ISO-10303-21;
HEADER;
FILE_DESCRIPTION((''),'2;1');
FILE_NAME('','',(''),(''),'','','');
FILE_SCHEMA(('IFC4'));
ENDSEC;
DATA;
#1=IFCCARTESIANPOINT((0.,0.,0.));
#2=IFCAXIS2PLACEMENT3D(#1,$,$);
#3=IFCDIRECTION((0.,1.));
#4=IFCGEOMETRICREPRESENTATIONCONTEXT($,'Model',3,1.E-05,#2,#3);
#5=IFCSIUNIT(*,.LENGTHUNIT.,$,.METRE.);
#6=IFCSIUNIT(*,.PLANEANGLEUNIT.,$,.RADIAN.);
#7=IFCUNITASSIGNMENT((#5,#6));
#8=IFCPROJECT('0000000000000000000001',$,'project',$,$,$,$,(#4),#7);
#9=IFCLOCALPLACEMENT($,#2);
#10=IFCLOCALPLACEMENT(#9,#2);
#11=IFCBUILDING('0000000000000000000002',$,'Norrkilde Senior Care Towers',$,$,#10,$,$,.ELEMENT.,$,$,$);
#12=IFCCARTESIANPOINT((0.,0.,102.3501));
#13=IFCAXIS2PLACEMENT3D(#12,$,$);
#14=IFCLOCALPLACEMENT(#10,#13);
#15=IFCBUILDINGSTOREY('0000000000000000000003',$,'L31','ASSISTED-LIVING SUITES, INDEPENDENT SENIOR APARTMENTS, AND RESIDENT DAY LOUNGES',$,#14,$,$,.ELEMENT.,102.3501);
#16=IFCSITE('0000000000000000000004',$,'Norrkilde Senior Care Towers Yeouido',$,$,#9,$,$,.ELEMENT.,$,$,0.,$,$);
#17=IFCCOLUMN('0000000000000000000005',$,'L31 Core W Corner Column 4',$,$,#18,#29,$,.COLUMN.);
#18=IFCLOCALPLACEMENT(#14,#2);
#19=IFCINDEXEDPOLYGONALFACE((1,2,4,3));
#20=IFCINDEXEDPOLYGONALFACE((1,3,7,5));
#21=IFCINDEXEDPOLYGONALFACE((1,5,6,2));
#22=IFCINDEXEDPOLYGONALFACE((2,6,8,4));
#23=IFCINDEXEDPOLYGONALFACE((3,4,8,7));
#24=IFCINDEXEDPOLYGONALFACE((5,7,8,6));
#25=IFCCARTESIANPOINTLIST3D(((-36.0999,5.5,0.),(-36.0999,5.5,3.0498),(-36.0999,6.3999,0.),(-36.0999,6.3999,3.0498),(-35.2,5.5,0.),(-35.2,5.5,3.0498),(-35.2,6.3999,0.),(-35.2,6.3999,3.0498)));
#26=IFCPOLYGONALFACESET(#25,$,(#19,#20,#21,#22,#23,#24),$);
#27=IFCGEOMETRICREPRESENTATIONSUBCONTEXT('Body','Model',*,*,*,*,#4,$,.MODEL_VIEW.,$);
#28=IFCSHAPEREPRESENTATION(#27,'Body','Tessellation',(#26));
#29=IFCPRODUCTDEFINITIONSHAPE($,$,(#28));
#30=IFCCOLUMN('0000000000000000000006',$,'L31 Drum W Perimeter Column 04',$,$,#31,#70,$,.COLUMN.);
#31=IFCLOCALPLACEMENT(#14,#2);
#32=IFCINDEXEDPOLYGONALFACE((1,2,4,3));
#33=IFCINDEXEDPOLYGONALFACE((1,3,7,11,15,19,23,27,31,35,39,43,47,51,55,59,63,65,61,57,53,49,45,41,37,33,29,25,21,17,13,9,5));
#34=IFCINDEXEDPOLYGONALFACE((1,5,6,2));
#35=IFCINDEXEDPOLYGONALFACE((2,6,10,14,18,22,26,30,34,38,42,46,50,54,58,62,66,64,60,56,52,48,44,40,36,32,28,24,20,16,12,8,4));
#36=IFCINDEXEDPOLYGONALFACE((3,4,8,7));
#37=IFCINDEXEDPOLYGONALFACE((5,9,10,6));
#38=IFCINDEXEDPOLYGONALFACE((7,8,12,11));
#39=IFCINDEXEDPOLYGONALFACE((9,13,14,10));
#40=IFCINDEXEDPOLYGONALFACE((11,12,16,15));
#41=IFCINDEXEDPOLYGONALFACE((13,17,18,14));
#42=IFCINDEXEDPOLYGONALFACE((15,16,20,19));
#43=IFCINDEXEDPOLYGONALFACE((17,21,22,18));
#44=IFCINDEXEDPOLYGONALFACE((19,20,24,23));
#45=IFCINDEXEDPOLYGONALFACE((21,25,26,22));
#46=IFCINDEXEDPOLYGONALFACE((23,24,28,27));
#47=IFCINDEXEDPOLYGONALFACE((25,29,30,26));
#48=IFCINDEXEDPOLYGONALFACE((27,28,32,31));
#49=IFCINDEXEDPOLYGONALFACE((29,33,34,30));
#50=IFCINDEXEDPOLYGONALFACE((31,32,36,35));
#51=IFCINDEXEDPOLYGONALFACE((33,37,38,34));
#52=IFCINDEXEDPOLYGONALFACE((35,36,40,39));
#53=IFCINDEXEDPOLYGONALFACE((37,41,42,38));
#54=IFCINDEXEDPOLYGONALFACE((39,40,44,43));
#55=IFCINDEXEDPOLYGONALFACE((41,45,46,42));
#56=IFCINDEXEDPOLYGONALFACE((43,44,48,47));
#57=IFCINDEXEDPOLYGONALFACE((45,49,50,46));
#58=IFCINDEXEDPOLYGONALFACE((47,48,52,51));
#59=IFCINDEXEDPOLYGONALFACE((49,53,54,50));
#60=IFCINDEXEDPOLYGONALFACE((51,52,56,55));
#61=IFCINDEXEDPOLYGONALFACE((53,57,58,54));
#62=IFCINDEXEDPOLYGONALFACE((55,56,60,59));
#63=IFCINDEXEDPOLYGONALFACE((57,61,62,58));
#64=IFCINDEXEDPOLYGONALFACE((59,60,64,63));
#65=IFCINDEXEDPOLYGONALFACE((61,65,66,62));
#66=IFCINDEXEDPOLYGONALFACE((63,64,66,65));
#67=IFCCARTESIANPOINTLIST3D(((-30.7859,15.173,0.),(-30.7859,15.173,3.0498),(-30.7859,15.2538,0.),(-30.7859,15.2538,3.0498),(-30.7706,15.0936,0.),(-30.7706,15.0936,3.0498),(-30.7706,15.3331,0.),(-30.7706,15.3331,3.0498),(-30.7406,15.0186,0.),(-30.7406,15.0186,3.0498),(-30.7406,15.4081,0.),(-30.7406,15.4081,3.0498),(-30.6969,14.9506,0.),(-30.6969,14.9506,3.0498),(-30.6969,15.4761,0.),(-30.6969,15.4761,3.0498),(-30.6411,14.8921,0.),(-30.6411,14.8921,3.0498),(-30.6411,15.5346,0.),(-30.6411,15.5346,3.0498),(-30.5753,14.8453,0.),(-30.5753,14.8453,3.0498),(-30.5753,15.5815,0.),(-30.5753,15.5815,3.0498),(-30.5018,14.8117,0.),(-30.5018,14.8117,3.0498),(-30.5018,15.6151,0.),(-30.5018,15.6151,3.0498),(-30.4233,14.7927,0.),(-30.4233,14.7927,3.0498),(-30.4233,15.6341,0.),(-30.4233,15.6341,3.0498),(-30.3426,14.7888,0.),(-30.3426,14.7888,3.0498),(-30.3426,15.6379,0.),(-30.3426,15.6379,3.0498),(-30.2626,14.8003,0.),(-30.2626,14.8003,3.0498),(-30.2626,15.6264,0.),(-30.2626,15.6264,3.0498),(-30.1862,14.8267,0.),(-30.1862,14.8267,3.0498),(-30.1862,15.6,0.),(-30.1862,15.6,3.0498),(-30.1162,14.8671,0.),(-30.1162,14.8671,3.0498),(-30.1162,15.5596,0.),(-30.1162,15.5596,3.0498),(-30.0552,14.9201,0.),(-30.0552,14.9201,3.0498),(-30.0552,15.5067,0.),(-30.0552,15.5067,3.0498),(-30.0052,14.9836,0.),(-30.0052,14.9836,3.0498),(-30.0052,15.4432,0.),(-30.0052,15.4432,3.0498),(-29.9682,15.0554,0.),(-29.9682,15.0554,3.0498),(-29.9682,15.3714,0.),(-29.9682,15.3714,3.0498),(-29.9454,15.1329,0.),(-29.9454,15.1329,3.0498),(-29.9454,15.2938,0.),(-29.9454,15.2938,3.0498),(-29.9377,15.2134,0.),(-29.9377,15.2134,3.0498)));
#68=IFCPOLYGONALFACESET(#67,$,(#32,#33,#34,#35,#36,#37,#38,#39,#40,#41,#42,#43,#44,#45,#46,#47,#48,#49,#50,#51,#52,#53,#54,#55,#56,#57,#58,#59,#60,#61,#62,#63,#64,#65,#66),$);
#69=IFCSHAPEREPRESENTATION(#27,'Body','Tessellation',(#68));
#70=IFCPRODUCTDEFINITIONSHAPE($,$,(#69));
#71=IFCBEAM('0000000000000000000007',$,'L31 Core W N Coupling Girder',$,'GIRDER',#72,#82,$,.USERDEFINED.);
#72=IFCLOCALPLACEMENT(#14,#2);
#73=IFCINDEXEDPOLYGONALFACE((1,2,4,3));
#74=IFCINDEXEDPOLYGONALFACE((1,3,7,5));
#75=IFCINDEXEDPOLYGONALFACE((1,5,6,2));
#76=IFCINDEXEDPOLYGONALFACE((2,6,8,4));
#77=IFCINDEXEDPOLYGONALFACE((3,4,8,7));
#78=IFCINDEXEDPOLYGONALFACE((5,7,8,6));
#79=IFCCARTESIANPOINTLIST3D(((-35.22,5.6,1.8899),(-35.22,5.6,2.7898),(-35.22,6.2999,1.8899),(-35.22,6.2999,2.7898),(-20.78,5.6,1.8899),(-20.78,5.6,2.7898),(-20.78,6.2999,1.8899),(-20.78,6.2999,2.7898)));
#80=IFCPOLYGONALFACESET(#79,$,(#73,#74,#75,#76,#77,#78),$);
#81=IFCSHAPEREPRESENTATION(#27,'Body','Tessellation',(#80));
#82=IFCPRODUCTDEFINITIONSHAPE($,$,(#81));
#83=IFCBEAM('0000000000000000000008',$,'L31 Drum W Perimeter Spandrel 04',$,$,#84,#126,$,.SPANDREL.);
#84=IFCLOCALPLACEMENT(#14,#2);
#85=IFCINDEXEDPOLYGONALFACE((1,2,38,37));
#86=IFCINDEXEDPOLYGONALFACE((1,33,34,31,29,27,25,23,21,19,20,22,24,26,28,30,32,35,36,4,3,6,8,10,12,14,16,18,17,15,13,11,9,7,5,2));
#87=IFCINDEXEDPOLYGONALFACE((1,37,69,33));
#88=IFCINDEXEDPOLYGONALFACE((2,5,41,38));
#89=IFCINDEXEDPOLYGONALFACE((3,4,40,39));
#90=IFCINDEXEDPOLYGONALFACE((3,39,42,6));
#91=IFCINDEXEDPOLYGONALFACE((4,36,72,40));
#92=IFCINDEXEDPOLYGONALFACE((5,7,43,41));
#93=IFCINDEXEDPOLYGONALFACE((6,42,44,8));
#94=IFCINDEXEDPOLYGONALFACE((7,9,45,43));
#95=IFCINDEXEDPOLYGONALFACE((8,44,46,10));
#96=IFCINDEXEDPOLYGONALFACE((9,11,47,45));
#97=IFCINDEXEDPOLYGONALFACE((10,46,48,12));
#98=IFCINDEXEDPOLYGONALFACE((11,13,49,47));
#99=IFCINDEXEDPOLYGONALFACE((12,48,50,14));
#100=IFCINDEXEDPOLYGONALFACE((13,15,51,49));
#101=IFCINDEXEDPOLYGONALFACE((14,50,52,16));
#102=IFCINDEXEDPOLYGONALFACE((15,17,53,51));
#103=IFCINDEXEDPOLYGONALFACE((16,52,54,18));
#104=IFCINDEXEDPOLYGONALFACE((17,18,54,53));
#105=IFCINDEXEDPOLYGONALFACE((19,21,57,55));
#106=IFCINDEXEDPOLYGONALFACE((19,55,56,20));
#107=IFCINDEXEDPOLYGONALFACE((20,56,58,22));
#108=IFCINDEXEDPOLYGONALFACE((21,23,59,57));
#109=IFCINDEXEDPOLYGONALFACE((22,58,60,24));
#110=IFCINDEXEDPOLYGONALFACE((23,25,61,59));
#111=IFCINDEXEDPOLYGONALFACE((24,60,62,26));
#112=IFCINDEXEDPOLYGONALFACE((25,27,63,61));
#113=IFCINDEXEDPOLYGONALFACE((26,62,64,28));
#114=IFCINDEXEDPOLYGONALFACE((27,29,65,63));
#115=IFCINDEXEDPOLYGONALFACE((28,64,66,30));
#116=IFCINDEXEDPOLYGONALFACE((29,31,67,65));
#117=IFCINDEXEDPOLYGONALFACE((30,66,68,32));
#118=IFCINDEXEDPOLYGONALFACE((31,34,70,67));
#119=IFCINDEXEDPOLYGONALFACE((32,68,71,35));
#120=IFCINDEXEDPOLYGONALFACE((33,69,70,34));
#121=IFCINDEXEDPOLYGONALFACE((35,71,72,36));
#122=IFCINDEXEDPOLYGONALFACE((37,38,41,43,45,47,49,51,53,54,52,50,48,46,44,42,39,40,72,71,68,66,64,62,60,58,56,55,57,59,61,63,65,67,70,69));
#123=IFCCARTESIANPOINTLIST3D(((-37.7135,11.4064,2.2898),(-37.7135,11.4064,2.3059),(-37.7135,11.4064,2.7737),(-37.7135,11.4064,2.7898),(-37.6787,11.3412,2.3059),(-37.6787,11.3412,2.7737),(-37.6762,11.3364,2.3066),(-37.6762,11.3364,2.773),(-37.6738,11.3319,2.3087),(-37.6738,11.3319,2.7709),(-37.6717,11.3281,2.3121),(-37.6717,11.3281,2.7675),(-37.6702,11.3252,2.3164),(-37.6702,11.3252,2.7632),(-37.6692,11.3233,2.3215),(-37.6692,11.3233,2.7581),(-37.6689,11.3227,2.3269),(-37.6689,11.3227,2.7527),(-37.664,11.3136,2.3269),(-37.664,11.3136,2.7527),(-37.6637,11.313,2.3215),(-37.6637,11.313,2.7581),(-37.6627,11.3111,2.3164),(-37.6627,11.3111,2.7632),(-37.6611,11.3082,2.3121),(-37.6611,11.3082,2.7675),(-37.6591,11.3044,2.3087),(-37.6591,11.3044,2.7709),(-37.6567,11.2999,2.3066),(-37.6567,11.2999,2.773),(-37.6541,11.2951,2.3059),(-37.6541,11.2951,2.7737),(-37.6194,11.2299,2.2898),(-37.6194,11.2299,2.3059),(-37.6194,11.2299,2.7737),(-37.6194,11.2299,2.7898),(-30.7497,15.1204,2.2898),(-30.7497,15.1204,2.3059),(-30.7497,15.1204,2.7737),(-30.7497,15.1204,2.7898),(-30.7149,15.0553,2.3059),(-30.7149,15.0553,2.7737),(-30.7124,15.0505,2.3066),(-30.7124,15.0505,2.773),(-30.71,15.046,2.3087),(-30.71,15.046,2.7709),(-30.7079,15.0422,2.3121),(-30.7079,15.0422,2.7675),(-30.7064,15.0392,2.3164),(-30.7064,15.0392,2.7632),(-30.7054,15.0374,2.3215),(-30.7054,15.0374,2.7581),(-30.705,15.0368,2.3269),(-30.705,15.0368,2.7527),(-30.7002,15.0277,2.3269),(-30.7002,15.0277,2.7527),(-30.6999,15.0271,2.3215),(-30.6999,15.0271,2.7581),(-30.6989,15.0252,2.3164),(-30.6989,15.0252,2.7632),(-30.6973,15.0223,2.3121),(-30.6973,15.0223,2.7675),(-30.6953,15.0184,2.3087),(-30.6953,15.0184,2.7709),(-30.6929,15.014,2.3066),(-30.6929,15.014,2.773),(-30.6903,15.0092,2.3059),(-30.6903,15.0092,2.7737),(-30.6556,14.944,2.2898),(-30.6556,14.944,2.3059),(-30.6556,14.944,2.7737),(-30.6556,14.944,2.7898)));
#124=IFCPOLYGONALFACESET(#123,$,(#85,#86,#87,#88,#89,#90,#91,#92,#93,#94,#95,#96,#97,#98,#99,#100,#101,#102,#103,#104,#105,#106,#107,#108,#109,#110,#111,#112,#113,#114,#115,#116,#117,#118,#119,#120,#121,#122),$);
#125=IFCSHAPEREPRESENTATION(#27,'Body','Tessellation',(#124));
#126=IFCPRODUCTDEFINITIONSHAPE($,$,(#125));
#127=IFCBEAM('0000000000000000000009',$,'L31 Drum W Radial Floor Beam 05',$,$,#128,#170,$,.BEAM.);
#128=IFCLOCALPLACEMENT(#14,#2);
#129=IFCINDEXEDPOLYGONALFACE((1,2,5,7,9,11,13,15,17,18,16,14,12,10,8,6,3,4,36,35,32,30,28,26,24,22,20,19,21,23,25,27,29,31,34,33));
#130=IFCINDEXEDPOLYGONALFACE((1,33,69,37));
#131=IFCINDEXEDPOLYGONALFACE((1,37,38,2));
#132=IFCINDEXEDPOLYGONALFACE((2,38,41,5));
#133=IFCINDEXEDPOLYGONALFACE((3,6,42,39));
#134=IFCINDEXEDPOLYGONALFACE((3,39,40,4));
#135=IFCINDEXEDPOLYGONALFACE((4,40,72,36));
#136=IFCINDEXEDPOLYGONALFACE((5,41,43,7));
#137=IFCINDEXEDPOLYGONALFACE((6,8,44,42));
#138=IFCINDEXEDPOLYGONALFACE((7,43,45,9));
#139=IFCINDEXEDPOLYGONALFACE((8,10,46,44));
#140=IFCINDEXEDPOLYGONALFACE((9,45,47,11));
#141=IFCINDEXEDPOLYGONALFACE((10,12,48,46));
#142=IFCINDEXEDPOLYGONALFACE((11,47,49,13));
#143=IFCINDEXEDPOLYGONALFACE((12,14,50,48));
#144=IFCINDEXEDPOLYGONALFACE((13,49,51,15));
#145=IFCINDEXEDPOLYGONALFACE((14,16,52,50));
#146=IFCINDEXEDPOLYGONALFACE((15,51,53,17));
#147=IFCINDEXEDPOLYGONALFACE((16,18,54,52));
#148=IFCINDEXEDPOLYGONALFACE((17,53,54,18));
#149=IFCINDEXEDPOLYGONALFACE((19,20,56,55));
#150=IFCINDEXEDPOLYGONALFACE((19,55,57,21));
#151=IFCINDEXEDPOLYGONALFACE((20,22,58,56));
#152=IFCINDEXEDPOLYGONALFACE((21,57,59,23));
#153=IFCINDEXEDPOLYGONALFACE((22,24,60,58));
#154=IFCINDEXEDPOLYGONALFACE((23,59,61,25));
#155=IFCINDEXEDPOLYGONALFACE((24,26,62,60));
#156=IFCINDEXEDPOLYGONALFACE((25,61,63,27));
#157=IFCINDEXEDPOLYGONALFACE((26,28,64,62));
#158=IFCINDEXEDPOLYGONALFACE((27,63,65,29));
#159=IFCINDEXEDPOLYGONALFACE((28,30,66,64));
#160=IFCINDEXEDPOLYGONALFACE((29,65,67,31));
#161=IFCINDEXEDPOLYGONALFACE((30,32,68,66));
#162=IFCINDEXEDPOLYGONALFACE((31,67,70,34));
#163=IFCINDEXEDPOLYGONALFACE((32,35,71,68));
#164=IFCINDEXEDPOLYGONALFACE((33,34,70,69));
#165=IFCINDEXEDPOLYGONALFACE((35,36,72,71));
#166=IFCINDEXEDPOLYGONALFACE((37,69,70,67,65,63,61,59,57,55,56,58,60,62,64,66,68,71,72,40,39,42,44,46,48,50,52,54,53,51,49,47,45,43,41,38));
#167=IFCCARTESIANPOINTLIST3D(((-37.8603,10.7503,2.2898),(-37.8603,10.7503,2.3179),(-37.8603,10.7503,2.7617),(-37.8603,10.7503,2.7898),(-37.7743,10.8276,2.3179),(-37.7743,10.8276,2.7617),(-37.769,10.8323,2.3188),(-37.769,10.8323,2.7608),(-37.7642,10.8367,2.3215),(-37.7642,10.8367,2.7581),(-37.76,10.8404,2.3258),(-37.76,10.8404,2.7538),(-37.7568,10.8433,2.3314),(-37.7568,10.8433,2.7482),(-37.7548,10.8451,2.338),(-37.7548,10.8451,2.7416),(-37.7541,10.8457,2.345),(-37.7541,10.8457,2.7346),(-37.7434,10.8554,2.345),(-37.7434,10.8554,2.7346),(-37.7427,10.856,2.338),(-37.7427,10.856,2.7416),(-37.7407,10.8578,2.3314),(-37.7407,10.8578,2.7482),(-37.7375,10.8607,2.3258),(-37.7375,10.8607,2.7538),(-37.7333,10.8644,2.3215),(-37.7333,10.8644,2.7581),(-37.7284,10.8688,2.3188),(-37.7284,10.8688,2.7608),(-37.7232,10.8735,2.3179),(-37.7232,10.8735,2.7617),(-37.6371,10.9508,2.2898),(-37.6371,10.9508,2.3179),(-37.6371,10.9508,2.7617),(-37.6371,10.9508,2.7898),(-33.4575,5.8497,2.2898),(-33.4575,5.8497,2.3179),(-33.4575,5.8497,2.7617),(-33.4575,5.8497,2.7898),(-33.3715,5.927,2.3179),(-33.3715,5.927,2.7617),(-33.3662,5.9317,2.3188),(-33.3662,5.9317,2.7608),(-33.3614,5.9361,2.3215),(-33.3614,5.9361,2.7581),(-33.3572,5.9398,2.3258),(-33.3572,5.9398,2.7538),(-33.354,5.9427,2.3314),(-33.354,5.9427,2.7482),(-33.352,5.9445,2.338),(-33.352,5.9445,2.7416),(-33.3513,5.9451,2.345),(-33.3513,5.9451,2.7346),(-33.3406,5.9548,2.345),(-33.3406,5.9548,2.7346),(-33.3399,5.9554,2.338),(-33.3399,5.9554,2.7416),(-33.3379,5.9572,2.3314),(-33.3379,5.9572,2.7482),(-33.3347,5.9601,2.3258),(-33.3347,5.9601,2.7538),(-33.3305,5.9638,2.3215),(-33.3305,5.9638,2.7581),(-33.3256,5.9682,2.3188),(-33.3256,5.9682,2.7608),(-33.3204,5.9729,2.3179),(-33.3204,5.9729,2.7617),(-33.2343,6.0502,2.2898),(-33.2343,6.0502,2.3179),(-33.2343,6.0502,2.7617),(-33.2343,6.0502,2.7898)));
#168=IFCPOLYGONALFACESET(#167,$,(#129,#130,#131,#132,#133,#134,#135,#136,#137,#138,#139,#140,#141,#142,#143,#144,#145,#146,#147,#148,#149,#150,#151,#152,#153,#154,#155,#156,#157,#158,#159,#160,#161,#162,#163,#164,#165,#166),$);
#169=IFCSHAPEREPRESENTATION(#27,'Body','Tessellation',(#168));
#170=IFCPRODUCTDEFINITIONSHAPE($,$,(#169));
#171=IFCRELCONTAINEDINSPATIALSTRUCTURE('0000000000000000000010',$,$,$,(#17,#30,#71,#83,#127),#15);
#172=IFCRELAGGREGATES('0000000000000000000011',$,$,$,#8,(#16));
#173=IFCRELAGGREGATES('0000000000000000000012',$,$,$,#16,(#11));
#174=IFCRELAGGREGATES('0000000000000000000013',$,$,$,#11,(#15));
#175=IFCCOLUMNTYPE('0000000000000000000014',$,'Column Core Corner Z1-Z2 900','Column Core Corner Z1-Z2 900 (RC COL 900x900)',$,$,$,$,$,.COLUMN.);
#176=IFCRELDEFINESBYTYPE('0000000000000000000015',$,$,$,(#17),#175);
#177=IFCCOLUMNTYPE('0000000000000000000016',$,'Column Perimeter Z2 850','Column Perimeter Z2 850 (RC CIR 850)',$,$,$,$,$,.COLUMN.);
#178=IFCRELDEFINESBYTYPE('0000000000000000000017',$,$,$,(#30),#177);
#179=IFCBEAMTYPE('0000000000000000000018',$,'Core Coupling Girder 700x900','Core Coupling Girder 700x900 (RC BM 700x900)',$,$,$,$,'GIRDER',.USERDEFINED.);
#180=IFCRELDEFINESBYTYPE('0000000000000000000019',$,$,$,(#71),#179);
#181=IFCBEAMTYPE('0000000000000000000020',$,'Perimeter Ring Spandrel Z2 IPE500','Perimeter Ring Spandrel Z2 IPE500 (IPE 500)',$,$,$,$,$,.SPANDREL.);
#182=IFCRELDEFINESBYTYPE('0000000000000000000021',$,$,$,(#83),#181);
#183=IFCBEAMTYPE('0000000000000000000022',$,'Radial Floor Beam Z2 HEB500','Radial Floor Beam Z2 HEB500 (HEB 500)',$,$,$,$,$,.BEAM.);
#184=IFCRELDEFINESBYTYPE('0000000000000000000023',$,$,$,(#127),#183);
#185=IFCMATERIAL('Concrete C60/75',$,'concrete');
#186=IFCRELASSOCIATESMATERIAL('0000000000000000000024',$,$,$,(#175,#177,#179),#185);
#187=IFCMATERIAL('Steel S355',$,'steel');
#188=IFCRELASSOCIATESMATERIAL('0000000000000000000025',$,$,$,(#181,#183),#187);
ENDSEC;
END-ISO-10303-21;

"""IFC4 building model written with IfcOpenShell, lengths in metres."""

from ifc_helpers import new_model, si_unit, direction, frame, origin, origin_2d, place, context, subcontext, project, spatial, rectangle, circle, i_section, extrude, source, transform, mapped, material, material_profile, profile_set, type_object, type_shapes, element, save


model = new_model("IFC4")

# Units and contexts
model_context = context("Model", 3, precision=1e-05, world=origin(), true_north=direction((0.0, 1.0)))
body_context = subcontext(model_context, "Body", "Model", "MODEL_VIEW")
ifc_project = project(units=[si_unit("LENGTHUNIT", "METRE"), si_unit("PLANEANGLEUNIT", "RADIAN")], contexts=[model_context])

# Site, building, storey
site_placement = place(None, origin())
site = spatial("IfcSite", under=ifc_project, at=site_placement, Name="Norrkilde Senior Care Towers Yeouido", CompositionType="ELEMENT", RefElevation=0.0)
building_placement = place(site_placement, origin())
building = spatial("IfcBuilding", under=site, at=building_placement, Name="Norrkilde Senior Care Towers", CompositionType="ELEMENT")
storey_placement = place(building_placement, frame((0.0, 0.0, 102.3501)))
storey = spatial("IfcBuildingStorey", under=building, at=storey_placement, Name="L31", Description="ASSISTED-LIVING SUITES, INDEPENDENT SENIOR APARTMENTS, AND RESIDENT DAY LOUNGES", CompositionType="ELEMENT", Elevation=102.3501)

# Columns
ifc_material_1 = material(Name="Concrete C60/75", Category="concrete")
ifc_material_profile_1 = material_profile(ifc_material_1, rectangle(XDim=0.8999, YDim=0.8999, at=origin_2d()), Name="RC COL 900x900")
ifc_profile_set_1 = profile_set([ifc_material_profile_1], Name="Concrete C60/75")
column_type_1 = type_object("IfcColumnType", Name="Column Core Corner Z1-Z2 900", Description="Column Core Corner Z1-Z2 900 (RC COL 900x900)", PredefinedType="COLUMN", material=ifc_profile_set_1)
shared_shape_1 = source(origin(), body_context, "Body", "SweptSolid", [
    extrude(rectangle(XDim=0.8999, YDim=0.8999, at=origin_2d()), origin(), (0.0, 0.0, 1.0), 3.0498),
])
type_shapes(column_type_1, [shared_shape_1])
column_1_placement = place(storey_placement, frame((-35.6499, 5.95, 0.0), z_axis=(0.0, 0.0, 1.0), x_axis=(1.0, 0.0, 0.0)))
element("IfcColumn", 1, at=column_1_placement, inside=storey, type_object=column_type_1, Name="L31 Core W Corner Column 4", PredefinedType="COLUMN", context=body_context, shape_type="MappedRepresentation", body=[
    mapped(shared_shape_1, transform((0.0, 0.0, 0.0), x_axis=(1.0, 0.0, 0.0), y_axis=(0.0, 1.0, 0.0), z_axis=(0.0, 0.0, 1.0), scale=1.0)),
])
ifc_material_profile_2 = material_profile(ifc_material_1, circle(Radius=0.425, at=origin_2d()), Name="RC CIR 850")
ifc_profile_set_2 = profile_set([ifc_material_profile_2], Name="Concrete C60/75")
column_type_2 = type_object("IfcColumnType", Name="Column Perimeter Z2 850", Description="Column Perimeter Z2 850 (RC CIR 850)", PredefinedType="COLUMN", material=ifc_profile_set_2)
shared_shape_2 = source(origin(), body_context, "Body", "SweptSolid", [
    extrude(circle(Radius=0.425, at=origin_2d()), origin(), (0.0, 0.0, 1.0), 3.0498),
])
type_shapes(column_type_2, [shared_shape_2])
column_2_placement = place(storey_placement, frame((-30.3628, 15.2134, 0.0), z_axis=(0.0, 0.0, 1.0), x_axis=(1.0, 0.0, 0.0)))
element("IfcColumn", 2, at=column_2_placement, inside=storey, type_object=column_type_2, Name="L31 Drum W Perimeter Column 04", PredefinedType="COLUMN", context=body_context, shape_type="MappedRepresentation", body=[
    mapped(shared_shape_2, transform((0.0, 0.0, 0.0), x_axis=(1.0, 0.0, 0.0), y_axis=(0.0, 1.0, 0.0), z_axis=(0.0, 0.0, 1.0), scale=1.0)),
])

# Beams
ifc_material_profile_3 = material_profile(ifc_material_1, rectangle(XDim=0.7, YDim=0.8999, at=origin_2d()), Name="RC BM 700x900")
ifc_profile_set_3 = profile_set([ifc_material_profile_3], Name="Concrete C60/75")
beam_type_1 = type_object("IfcBeamType", Name="Core Coupling Girder 700x900", Description="Core Coupling Girder 700x900 (RC BM 700x900)", ElementType="GIRDER", PredefinedType="USERDEFINED", material=ifc_profile_set_3)
shared_shape_3 = source(origin(), body_context, "Body", "SweptSolid", [
    extrude(rectangle(XDim=0.7, YDim=0.8999, at=origin_2d()), origin(), (0.0, 0.0, 1.0), 14.4399),
])
type_shapes(beam_type_1, [shared_shape_3])
beam_1_placement = place(storey_placement, frame((-35.22, 5.95, 2.3398), z_axis=(1.0, 0.0, 0.0), x_axis=(0.0, 1.0, 0.0)))
element("IfcBeam", 3, at=beam_1_placement, inside=storey, type_object=beam_type_1, Name="L31 Core W N Coupling Girder", ObjectType="GIRDER", PredefinedType="USERDEFINED", context=body_context, shape_type="MappedRepresentation", body=[
    mapped(shared_shape_3, transform((0.0, 0.0, 0.0), x_axis=(1.0, 0.0, 0.0), y_axis=(0.0, 1.0, 0.0), z_axis=(0.0, 0.0, 1.0), scale=1.0)),
])
ifc_material_2 = material(Name="Steel S355", Category="steel")
ifc_material_profile_4 = material_profile(ifc_material_2, i_section(OverallWidth=0.2, OverallDepth=0.5, WebThickness=0.0103, FlangeThickness=0.0161, FilletRadius=0.021, at=origin_2d()), Name="IPE 500")
ifc_profile_set_4 = profile_set([ifc_material_profile_4], Name="Steel S355")
beam_type_2 = type_object("IfcBeamType", Name="Perimeter Ring Spandrel Z2 IPE500", Description="Perimeter Ring Spandrel Z2 IPE500 (IPE 500)", PredefinedType="SPANDREL", material=ifc_profile_set_4)
shared_shape_4 = source(origin(), body_context, "Body", "SweptSolid", [
    extrude(i_section(OverallWidth=0.2, OverallDepth=0.5, WebThickness=0.0103, FlangeThickness=0.0161, FilletRadius=0.021, at=origin_2d()), origin(), (0.0, 0.0, 1.0), 7.8923),
])
type_shapes(beam_type_2, [shared_shape_4])
beam_2_placement = place(storey_placement, frame((-30.7026, 15.0322, 2.5398), z_axis=(-0.88235, -0.470593, 0.0), x_axis=(0.470593, -0.88235, 0.0)))
element("IfcBeam", 4, at=beam_2_placement, inside=storey, type_object=beam_type_2, Name="L31 Drum W Perimeter Spandrel 04", PredefinedType="SPANDREL", context=body_context, shape_type="MappedRepresentation", body=[
    mapped(shared_shape_4, transform((0.0, 0.0, 0.0), x_axis=(1.0, 0.0, 0.0), y_axis=(0.0, 1.0, 0.0), z_axis=(0.0, 0.0, 1.0), scale=1.0)),
])
ifc_material_profile_5 = material_profile(ifc_material_2, i_section(OverallWidth=0.3, OverallDepth=0.5, WebThickness=0.0144, FlangeThickness=0.0281, FilletRadius=0.0271, at=origin_2d()), Name="HEB 500")
ifc_profile_set_5 = profile_set([ifc_material_profile_5], Name="Steel S355")
beam_type_3 = type_object("IfcBeamType", Name="Radial Floor Beam Z2 HEB500", Description="Radial Floor Beam Z2 HEB500 (HEB 500)", PredefinedType="BEAM", material=ifc_profile_set_5)
shared_shape_5 = source(origin(), body_context, "Body", "SweptSolid", [
    extrude(i_section(OverallWidth=0.3, OverallDepth=0.5, WebThickness=0.0144, FlangeThickness=0.0281, FilletRadius=0.0271, at=origin_2d()), origin(), (0.0, 0.0, 1.0), 6.5879),
])
beam_3_placement = place(storey_placement, frame((-33.3459, 5.95, 2.5398), z_axis=(-0.668315, 0.743878, 0.0), x_axis=(-0.743878, -0.668315, 0.0)))
element("IfcBeam", 5, at=beam_3_placement, inside=storey, type_object=beam_type_3, Name="L31 Drum W Radial Floor Beam 05", PredefinedType="BEAM", context=body_context, shape_type="MappedRepresentation", body=[
    mapped(shared_shape_5, transform((0.0, 0.0, 0.0), x_axis=(1.0, 0.0, 0.0), y_axis=(0.0, 1.0, 0.0), z_axis=(0.0, 0.0, 1.0), scale=1.0)),
])

save(model, "model.ifc")
